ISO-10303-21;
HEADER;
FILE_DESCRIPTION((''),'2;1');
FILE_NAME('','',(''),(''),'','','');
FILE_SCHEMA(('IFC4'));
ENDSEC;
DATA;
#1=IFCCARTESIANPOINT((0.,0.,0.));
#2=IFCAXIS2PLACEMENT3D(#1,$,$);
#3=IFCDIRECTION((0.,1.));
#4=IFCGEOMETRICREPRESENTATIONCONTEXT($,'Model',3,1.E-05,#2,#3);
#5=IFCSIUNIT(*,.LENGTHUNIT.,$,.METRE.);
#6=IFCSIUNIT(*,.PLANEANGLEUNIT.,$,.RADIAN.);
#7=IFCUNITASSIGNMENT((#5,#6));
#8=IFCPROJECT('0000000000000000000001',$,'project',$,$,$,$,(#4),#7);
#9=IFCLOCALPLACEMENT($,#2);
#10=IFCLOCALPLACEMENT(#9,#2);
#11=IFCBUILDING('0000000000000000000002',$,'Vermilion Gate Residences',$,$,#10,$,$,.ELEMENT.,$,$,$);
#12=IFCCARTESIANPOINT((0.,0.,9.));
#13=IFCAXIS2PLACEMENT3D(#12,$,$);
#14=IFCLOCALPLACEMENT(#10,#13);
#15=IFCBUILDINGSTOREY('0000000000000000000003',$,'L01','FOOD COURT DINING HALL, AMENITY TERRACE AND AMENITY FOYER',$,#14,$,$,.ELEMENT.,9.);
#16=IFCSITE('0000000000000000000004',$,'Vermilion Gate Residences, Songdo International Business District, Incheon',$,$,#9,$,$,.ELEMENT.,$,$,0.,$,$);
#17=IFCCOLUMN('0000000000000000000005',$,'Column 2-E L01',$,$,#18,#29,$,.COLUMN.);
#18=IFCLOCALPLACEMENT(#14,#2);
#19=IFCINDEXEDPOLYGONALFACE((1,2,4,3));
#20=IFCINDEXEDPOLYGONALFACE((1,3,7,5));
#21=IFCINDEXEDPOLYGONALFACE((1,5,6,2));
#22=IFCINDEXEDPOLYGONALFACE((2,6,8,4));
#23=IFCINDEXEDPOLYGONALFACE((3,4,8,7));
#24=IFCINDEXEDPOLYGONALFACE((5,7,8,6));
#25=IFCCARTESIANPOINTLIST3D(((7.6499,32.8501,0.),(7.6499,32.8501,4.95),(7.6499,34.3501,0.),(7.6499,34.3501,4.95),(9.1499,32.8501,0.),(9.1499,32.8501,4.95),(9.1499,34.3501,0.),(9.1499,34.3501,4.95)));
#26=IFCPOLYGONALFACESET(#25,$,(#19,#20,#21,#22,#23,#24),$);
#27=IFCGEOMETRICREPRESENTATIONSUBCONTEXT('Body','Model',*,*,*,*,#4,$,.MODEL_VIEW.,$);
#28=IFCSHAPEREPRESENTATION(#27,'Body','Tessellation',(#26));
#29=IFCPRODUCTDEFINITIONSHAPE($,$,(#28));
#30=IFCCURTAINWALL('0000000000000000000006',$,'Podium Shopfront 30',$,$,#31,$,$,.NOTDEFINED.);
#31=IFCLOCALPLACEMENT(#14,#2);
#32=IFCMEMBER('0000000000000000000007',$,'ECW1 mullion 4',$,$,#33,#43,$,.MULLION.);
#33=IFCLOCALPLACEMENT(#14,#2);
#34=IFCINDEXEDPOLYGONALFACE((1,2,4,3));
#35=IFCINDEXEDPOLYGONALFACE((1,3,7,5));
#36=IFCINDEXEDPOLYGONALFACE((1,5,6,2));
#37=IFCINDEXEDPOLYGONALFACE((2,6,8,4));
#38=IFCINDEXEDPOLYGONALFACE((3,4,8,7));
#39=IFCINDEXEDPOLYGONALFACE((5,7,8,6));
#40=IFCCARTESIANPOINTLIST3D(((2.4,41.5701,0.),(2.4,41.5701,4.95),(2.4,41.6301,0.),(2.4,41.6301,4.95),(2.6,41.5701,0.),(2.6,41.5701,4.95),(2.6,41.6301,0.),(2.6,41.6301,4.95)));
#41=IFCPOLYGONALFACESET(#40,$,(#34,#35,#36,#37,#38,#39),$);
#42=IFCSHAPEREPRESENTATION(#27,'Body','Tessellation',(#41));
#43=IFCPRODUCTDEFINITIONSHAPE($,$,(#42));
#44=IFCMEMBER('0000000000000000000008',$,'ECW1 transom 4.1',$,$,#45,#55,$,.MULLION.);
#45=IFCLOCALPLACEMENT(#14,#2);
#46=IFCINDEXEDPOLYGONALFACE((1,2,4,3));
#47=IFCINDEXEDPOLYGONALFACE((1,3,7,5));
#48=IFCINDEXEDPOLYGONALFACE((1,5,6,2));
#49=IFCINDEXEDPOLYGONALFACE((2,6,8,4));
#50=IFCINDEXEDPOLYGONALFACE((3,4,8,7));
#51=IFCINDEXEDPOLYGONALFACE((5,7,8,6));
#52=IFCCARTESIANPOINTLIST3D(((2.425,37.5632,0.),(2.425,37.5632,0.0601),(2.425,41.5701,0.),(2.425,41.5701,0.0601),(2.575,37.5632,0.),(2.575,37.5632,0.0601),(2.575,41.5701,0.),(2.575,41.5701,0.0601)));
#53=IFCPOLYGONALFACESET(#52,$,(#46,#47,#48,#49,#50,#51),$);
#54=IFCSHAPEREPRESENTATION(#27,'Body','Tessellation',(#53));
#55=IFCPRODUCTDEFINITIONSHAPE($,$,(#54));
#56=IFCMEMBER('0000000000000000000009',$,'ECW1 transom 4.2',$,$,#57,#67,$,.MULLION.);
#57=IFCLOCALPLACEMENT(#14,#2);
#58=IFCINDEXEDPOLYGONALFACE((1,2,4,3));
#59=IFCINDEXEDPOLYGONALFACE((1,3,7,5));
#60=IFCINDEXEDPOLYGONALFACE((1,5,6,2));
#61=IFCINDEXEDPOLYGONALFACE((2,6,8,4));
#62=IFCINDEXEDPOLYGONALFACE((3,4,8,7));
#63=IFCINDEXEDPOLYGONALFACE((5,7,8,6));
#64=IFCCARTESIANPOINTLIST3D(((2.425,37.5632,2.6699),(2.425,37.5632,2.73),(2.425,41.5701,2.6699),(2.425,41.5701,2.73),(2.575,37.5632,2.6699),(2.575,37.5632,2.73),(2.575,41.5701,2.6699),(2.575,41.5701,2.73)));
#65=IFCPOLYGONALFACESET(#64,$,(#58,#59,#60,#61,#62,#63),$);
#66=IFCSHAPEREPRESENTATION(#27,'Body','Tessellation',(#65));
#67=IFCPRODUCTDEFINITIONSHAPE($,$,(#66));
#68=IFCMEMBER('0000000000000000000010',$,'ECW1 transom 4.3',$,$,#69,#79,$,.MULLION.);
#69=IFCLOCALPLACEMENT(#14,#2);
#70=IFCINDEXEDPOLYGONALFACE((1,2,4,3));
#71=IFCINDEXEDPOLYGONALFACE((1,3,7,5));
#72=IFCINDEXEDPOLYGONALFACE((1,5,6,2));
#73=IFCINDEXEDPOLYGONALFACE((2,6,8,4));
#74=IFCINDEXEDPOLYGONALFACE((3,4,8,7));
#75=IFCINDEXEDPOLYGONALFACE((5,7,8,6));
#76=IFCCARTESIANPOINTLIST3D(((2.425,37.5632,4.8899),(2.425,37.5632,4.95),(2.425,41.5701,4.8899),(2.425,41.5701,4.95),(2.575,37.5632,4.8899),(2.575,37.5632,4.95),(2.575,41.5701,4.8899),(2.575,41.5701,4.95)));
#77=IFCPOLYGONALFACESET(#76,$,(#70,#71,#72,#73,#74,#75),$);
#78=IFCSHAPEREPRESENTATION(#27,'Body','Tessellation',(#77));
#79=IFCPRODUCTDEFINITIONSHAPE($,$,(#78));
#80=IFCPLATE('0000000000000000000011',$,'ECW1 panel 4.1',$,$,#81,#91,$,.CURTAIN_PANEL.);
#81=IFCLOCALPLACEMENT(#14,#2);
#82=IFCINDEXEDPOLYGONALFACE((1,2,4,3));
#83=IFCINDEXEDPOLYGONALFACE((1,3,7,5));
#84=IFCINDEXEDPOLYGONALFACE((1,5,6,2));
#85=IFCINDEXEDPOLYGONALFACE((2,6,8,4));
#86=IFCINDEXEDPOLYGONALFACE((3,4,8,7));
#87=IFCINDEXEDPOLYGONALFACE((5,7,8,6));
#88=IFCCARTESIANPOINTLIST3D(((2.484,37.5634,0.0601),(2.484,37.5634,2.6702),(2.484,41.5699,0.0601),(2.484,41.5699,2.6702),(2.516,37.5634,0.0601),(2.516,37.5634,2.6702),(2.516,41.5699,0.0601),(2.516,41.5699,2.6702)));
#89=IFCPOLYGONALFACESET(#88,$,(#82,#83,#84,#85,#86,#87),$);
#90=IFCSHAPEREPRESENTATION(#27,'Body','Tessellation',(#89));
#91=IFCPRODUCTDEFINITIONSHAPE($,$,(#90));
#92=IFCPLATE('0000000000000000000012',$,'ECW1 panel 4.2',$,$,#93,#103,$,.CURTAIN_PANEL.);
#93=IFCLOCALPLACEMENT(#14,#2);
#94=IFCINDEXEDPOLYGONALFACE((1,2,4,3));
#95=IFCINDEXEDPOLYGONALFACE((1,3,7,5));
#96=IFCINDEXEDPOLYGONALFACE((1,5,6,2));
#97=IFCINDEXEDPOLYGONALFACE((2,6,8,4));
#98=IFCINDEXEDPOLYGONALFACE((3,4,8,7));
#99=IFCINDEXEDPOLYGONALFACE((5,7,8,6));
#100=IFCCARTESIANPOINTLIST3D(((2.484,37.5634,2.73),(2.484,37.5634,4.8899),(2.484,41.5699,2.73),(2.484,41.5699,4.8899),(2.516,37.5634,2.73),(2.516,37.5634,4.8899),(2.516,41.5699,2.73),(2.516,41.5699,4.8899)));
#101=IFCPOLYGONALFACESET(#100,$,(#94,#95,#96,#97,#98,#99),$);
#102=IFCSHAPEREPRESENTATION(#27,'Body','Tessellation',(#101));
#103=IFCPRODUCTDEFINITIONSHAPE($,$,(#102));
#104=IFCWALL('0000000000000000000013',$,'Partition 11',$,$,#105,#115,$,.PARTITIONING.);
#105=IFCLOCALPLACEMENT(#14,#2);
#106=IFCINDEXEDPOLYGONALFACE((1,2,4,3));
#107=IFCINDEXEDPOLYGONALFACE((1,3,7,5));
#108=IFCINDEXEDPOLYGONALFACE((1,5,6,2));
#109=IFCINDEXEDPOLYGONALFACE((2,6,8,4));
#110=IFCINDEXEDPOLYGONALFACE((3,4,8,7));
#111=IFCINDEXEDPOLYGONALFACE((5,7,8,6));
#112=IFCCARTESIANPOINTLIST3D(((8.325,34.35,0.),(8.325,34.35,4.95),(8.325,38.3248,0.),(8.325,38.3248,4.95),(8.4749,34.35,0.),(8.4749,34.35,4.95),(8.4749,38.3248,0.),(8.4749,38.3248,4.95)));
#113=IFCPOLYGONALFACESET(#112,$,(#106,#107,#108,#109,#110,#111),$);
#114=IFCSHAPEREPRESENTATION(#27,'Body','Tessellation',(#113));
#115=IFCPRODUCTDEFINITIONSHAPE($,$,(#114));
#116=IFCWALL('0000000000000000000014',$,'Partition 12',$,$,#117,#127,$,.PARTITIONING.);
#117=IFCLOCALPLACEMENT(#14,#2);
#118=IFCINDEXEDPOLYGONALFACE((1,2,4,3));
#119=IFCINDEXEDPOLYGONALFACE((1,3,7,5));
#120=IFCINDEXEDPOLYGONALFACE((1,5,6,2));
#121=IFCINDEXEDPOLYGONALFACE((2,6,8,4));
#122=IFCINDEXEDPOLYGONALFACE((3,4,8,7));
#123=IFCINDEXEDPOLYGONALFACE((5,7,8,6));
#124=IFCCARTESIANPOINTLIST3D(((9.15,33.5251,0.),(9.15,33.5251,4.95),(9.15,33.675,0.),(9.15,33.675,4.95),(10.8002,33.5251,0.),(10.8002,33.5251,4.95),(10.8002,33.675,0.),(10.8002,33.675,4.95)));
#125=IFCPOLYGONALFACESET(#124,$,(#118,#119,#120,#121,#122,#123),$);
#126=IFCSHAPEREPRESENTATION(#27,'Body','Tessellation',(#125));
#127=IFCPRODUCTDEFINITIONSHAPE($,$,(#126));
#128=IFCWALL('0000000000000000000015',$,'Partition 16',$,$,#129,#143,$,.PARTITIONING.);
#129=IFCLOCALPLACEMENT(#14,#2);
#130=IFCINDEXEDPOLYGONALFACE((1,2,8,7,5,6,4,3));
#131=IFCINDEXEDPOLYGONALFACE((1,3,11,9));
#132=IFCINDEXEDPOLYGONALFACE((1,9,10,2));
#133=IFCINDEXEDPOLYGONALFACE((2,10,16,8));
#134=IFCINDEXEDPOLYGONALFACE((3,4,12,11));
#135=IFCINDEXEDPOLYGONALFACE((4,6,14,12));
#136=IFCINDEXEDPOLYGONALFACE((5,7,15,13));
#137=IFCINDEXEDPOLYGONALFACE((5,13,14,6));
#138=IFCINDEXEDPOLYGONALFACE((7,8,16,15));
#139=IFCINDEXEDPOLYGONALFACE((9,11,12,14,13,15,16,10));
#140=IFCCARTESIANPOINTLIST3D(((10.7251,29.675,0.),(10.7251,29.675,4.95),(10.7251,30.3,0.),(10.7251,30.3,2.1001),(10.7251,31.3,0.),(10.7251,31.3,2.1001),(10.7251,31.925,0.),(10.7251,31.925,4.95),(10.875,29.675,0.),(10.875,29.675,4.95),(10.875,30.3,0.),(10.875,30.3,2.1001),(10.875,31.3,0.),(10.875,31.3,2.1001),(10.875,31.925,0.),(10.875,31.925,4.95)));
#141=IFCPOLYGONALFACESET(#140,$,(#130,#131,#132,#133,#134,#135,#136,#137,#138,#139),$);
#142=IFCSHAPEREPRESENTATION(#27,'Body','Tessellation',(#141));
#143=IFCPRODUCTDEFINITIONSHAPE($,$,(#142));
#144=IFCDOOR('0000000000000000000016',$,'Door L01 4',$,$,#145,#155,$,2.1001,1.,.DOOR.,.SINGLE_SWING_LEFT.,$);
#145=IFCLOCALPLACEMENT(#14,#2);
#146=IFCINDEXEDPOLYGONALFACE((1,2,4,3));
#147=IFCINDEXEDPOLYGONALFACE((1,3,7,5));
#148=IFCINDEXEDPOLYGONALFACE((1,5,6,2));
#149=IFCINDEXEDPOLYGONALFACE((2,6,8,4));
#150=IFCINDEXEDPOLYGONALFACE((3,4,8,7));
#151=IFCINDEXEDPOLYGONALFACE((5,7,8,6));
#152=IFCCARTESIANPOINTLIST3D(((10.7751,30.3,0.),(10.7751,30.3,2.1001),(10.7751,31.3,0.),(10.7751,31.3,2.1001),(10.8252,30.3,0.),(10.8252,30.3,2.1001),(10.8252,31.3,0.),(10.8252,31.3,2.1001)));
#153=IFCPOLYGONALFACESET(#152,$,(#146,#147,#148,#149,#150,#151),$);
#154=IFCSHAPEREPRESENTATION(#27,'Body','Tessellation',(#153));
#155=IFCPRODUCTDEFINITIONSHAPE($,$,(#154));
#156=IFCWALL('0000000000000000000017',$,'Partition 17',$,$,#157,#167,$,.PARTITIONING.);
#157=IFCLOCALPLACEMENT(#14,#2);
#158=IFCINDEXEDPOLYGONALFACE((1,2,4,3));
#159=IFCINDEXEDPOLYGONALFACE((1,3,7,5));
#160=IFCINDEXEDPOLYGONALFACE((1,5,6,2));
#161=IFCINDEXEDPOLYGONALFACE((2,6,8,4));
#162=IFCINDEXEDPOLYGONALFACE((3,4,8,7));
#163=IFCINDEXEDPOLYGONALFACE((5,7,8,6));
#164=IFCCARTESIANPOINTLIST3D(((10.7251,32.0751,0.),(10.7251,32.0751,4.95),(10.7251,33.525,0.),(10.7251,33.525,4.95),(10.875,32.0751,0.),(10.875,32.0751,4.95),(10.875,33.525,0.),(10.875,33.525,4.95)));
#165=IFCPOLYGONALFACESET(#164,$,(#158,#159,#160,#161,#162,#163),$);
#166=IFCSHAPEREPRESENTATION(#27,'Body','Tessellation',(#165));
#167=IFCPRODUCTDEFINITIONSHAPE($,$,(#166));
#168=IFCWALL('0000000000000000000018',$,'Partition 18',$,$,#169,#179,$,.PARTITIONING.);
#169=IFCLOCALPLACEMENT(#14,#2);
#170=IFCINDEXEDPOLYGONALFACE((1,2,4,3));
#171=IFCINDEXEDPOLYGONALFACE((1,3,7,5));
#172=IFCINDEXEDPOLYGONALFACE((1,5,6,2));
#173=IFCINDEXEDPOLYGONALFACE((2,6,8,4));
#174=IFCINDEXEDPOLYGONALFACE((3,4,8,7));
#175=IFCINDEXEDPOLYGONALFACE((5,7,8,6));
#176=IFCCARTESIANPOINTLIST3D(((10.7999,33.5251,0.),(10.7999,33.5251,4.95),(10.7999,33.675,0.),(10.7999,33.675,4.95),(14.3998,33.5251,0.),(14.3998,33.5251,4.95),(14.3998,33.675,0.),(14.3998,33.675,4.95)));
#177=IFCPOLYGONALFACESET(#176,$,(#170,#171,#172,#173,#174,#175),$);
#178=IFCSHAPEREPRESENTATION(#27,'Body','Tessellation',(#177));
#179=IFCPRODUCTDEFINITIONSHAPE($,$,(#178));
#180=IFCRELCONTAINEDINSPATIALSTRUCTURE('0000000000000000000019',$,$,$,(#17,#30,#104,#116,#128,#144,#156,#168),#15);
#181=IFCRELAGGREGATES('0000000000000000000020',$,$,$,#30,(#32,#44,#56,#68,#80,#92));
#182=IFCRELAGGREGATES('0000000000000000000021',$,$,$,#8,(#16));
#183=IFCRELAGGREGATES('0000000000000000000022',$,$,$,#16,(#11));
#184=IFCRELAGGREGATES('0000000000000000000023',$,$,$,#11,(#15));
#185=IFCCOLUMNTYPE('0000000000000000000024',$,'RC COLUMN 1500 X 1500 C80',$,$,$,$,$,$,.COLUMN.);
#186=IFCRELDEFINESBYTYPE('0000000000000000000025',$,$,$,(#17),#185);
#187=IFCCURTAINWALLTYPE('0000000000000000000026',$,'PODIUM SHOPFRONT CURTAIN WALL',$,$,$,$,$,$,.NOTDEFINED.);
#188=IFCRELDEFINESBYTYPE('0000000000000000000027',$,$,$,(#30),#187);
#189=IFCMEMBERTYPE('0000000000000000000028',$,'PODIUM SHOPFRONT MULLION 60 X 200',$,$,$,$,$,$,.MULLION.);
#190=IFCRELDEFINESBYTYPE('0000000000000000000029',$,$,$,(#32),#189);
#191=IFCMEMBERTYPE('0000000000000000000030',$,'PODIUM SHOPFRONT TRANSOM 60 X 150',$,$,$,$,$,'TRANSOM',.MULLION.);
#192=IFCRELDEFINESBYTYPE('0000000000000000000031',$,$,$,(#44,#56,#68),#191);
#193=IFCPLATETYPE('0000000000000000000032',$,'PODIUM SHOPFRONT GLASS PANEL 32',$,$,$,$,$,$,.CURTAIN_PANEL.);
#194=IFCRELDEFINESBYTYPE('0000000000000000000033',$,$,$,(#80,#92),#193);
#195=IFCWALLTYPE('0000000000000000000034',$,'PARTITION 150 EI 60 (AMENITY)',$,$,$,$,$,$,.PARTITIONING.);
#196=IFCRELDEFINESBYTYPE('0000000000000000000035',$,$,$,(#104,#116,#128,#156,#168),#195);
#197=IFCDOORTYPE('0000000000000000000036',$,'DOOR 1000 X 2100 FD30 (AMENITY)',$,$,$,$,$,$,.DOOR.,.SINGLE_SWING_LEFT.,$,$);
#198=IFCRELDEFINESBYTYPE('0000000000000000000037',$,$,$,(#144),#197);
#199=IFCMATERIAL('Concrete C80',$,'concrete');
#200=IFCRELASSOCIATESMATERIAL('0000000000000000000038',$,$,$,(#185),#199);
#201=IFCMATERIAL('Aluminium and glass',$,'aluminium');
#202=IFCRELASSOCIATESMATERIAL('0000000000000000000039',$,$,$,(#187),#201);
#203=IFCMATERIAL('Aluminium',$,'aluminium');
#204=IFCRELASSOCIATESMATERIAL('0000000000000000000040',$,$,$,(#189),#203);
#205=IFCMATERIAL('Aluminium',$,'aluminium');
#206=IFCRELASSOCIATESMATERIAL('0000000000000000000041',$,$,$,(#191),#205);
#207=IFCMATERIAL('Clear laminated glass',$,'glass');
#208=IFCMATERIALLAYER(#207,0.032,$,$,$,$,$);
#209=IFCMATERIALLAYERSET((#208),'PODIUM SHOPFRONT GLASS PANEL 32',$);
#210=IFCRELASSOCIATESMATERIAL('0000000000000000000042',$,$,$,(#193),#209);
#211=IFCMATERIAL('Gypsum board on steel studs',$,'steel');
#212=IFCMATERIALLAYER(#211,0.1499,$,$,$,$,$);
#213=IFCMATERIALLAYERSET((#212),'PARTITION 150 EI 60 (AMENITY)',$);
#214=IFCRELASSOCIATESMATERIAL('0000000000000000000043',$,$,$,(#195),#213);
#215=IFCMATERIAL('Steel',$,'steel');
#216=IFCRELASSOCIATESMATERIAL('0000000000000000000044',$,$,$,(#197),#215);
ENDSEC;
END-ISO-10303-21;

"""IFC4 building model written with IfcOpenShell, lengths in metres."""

from ifc_helpers import new_model, si_unit, direction, frame, frame_2d, origin, origin_2d, place, context, subcontext, project, spatial, rectangle, extrude, material, layer, layer_set, material_profile, profile_set, type_object, element, fill, aggregate, save


model = new_model("IFC4")

# Units and contexts
model_context = context("Model", 3, precision=1e-05, world=origin(), true_north=direction((0.0, 1.0)))
body_context = subcontext(model_context, "Body", "Model", "MODEL_VIEW")
ifc_project = project(units=[si_unit("LENGTHUNIT", "METRE"), si_unit("PLANEANGLEUNIT", "RADIAN")], contexts=[model_context])

# Site, building, storey
site_placement = place(None, origin())
site = spatial("IfcSite", under=ifc_project, at=site_placement, Name="Vermilion Gate Residences, Songdo International Business District, Incheon", CompositionType="ELEMENT", RefElevation=0.0)
building_placement = place(site_placement, origin())
building = spatial("IfcBuilding", under=site, at=building_placement, Name="Vermilion Gate Residences", CompositionType="ELEMENT")
storey_placement = place(building_placement, frame((0.0, 0.0, 9.0)))
storey = spatial("IfcBuildingStorey", under=building, at=storey_placement, Name="L01", Description="FOOD COURT DINING HALL, AMENITY TERRACE AND AMENITY FOYER", CompositionType="ELEMENT", Elevation=9.0)

# Column
ifc_material_1 = material(Name="Concrete C80", Category="concrete")
ifc_material_profile_1 = material_profile(ifc_material_1, rectangle(XDim=1.5, YDim=1.5, at=origin_2d()), Name="RC-1500x1500")
ifc_profile_set_1 = profile_set([ifc_material_profile_1], Name="Concrete C80")
column_type = type_object("IfcColumnType", Name="RC COLUMN 1500 X 1500 C80", PredefinedType="COLUMN", material=ifc_profile_set_1)
column_placement = place(storey_placement, frame((8.3999, 33.6001, 0.0), z_axis=(0.0, 0.0, 1.0), x_axis=(1.0, 0.0, 0.0)))
element("IfcColumn", 1, at=column_placement, inside=storey, type_object=column_type, Name="Column 2-E L01", PredefinedType="COLUMN", context=body_context, shape_type="SweptSolid", body=[
    extrude(rectangle(XDim=1.5, YDim=1.5, at=origin_2d()), origin(), (0.0, 0.0, 1.0), 4.95),
])

# Curtain wall, members, plates
ifc_material_2 = material(Name="Aluminium and glass", Category="aluminium")
curtain_wall_type = type_object("IfcCurtainWallType", Name="PODIUM SHOPFRONT CURTAIN WALL", PredefinedType="NOTDEFINED", material=ifc_material_2)
curtain_wall_placement = place(storey_placement, origin())
curtain_wall = element("IfcCurtainWall", 2, at=curtain_wall_placement, inside=storey, type_object=curtain_wall_type, Name="Podium Shopfront 30", PredefinedType="NOTDEFINED")
ifc_material_3 = material(Name="Aluminium", Category="aluminium")
ifc_material_profile_2 = material_profile(ifc_material_3, rectangle(XDim=0.2, YDim=0.0601, at=origin_2d()), Name="MULLION 60 X 200")
ifc_profile_set_2 = profile_set([ifc_material_profile_2], Name="Aluminium")
member_type_1 = type_object("IfcMemberType", Name="PODIUM SHOPFRONT MULLION 60 X 200", PredefinedType="MULLION", material=ifc_profile_set_2)
member_1_placement = place(storey_placement, frame((2.5, 41.6001, 0.0), z_axis=(0.0, 0.0, 1.0), x_axis=(1.0, 0.0, 0.0)))
member_1 = element("IfcMember", 3, at=member_1_placement, type_object=member_type_1, Name="ECW1 mullion 4", PredefinedType="MULLION", context=body_context, shape_type="SweptSolid", body=[
    extrude(rectangle(XDim=0.2, YDim=0.0601, at=origin_2d()), origin(), (0.0, 0.0, 1.0), 4.95),
])
ifc_material_4 = material(Name="Aluminium", Category="aluminium")
ifc_material_profile_3 = material_profile(ifc_material_4, rectangle(XDim=0.1499, YDim=0.0601, at=origin_2d()), Name="TRANSOM 60 X 150")
ifc_profile_set_3 = profile_set([ifc_material_profile_3], Name="Aluminium")
member_type_2 = type_object("IfcMemberType", Name="PODIUM SHOPFRONT TRANSOM 60 X 150", ElementType="TRANSOM", PredefinedType="MULLION", material=ifc_profile_set_3)
member_2_placement = place(storey_placement, frame((2.5, 41.5701, 0.03), z_axis=(0.0, -1.0, 0.0), x_axis=(1.0, 0.0, 0.0)))
member_2 = element("IfcMember", 4, at=member_2_placement, type_object=member_type_2, Name="ECW1 transom 4.1", PredefinedType="MULLION", context=body_context, shape_type="SweptSolid", body=[
    extrude(rectangle(XDim=0.1499, YDim=0.0601, at=origin_2d()), origin(), (0.0, 0.0, 1.0), 4.0068),
])
member_3_placement = place(storey_placement, frame((2.5, 41.5701, 2.7), z_axis=(0.0, -1.0, 0.0), x_axis=(1.0, 0.0, 0.0)))
member_3 = element("IfcMember", 5, at=member_3_placement, type_object=member_type_2, Name="ECW1 transom 4.2", PredefinedType="MULLION", context=body_context, shape_type="SweptSolid", body=[
    extrude(rectangle(XDim=0.1499, YDim=0.0601, at=origin_2d()), origin(), (0.0, 0.0, 1.0), 4.0068),
])
member_4_placement = place(storey_placement, frame((2.5, 41.5701, 4.9199), z_axis=(0.0, -1.0, 0.0), x_axis=(1.0, 0.0, 0.0)))
member_4 = element("IfcMember", 6, at=member_4_placement, type_object=member_type_2, Name="ECW1 transom 4.3", PredefinedType="MULLION", context=body_context, shape_type="SweptSolid", body=[
    extrude(rectangle(XDim=0.1499, YDim=0.0601, at=origin_2d()), origin(), (0.0, 0.0, 1.0), 4.0068),
])
ifc_material_5 = material(Name="Clear laminated glass", Category="glass")
ifc_layer_1 = layer(ifc_material_5, 0.032)
ifc_layer_set_1 = layer_set([ifc_layer_1], Name="PODIUM SHOPFRONT GLASS PANEL 32")
plate_type = type_object("IfcPlateType", Name="PODIUM SHOPFRONT GLASS PANEL 32", PredefinedType="CURTAIN_PANEL", material=ifc_layer_set_1)
plate_1_placement = place(storey_placement, frame((2.5, 39.5667, 0.0601), z_axis=(0.0, 0.0, 1.0), x_axis=(0.0, -1.0, 0.0)))
plate_1 = element("IfcPlate", 7, at=plate_1_placement, type_object=plate_type, Name="ECW1 panel 4.1", PredefinedType="CURTAIN_PANEL", context=body_context, shape_type="SweptSolid", body=[
    extrude(rectangle(XDim=4.0066, YDim=0.032, at=origin_2d()), origin(), (0.0, 0.0, 1.0), 2.6101),
])
plate_2_placement = place(storey_placement, frame((2.5, 39.5667, 2.73), z_axis=(0.0, 0.0, 1.0), x_axis=(0.0, -1.0, 0.0)))
plate_2 = element("IfcPlate", 8, at=plate_2_placement, type_object=plate_type, Name="ECW1 panel 4.2", PredefinedType="CURTAIN_PANEL", context=body_context, shape_type="SweptSolid", body=[
    extrude(rectangle(XDim=4.0066, YDim=0.032, at=origin_2d()), origin(), (0.0, 0.0, 1.0), 2.1599),
])
aggregate(curtain_wall, [member_1, member_2, member_3, member_4, plate_1, plate_2])

# Walls
ifc_material_6 = material(Name="Gypsum board on steel studs", Category="steel")
ifc_layer_2 = layer(ifc_material_6, 0.1499)
ifc_layer_set_2 = layer_set([ifc_layer_2], Name="PARTITION 150 EI 60 (AMENITY)")
wall_type = type_object("IfcWallType", Name="PARTITION 150 EI 60 (AMENITY)", PredefinedType="PARTITIONING", material=ifc_layer_set_2)
wall_1_placement = place(storey_placement, frame((8.3999, 34.3501, 0.0), z_axis=(0.0, 0.0, 1.0), x_axis=(0.0, 1.0, 0.0)))
element("IfcWall", 9, at=wall_1_placement, inside=storey, type_object=wall_type, Name="Partition 11", PredefinedType="PARTITIONING", context=body_context, shape_type="SweptSolid", body=[
    extrude(rectangle(XDim=3.9749, YDim=0.1499, at=frame_2d((1.9873, 0.0))), origin(), (0.0, 0.0, 1.0), 4.95),
])
wall_2_placement = place(storey_placement, frame((9.1499, 33.6001, 0.0), z_axis=(0.0, 0.0, 1.0), x_axis=(1.0, 0.0, 0.0)))
element("IfcWall", 10, at=wall_2_placement, inside=storey, type_object=wall_type, Name="Partition 12", PredefinedType="PARTITIONING", context=body_context, shape_type="SweptSolid", body=[
    extrude(rectangle(XDim=1.6501, YDim=0.1499, at=frame_2d((0.8252, 0.0))), origin(), (0.0, 0.0, 1.0), 4.95),
])

# Wall, opening, door
wall_3_placement = place(storey_placement, frame((10.8, 29.675, 0.0), z_axis=(0.0, 0.0, 1.0), x_axis=(0.0, 1.0, 0.0)))
wall_3 = element("IfcWall", 11, at=wall_3_placement, inside=storey, type_object=wall_type, Name="Partition 16", PredefinedType="PARTITIONING", context=body_context, shape_type="SweptSolid", body=[
    extrude(rectangle(XDim=2.25, YDim=0.1499, at=frame_2d((1.125, 0.0))), origin(), (0.0, 0.0, 1.0), 4.95),
])
opening_placement = place(wall_3_placement, frame((0.625, 0.0, 0.0)))
opening = element("IfcOpeningElement", 12, at=opening_placement, cuts=wall_3, PredefinedType="OPENING", context=body_context, shape_type="SweptSolid", body=[
    extrude(rectangle(XDim=1.0, YDim=2.1001, at=frame_2d((0.5, 1.05))), frame((0.0, 0.085, 0.0), z_axis=(0.0, -1.0, 0.0), x_axis=(1.0, 0.0, 0.0)), (0.0, 0.0, 1.0), 0.1699),
])
ifc_material_7 = material(Name="Steel", Category="steel")
door_type = type_object("IfcDoorType", Name="DOOR 1000 X 2100 FD30 (AMENITY)", OperationType="SINGLE_SWING_LEFT", PredefinedType="DOOR", material=ifc_material_7)
door_placement = place(opening_placement, origin())
door = element("IfcDoor", 13, at=door_placement, inside=storey, type_object=door_type, Name="Door L01 4", OperationType="SINGLE_SWING_LEFT", OverallHeight=2.1001, OverallWidth=1.0, PredefinedType="DOOR", context=body_context, shape_type="SweptSolid", body=[
    extrude(rectangle(XDim=1.0, YDim=2.1001, at=frame_2d((0.5, 1.05))), frame((0.0, 0.0249, 0.0), z_axis=(0.0, -1.0, 0.0), x_axis=(1.0, 0.0, 0.0)), (0.0, 0.0, 1.0), 0.05),
])
fill(opening, door)

# Walls
wall_4_placement = place(storey_placement, frame((10.8, 32.075, 0.0), z_axis=(0.0, 0.0, 1.0), x_axis=(0.0, 1.0, 0.0)))
element("IfcWall", 14, at=wall_4_placement, inside=storey, type_object=wall_type, Name="Partition 17", PredefinedType="PARTITIONING", context=body_context, shape_type="SweptSolid", body=[
    extrude(rectangle(XDim=1.45, YDim=0.1499, at=frame_2d((0.7251, 0.0))), origin(), (0.0, 0.0, 1.0), 4.95),
])
wall_5_placement = place(storey_placement, frame((10.8, 33.6001, 0.0), z_axis=(0.0, 0.0, 1.0), x_axis=(1.0, 0.0, 0.0)))
element("IfcWall", 15, at=wall_5_placement, inside=storey, type_object=wall_type, Name="Partition 18", PredefinedType="PARTITIONING", context=body_context, shape_type="SweptSolid", body=[
    extrude(rectangle(XDim=3.5999, YDim=0.1499, at=frame_2d((1.7998, 0.0))), origin(), (0.0, 0.0, 1.0), 4.95),
])

save(model, "model.ifc")
